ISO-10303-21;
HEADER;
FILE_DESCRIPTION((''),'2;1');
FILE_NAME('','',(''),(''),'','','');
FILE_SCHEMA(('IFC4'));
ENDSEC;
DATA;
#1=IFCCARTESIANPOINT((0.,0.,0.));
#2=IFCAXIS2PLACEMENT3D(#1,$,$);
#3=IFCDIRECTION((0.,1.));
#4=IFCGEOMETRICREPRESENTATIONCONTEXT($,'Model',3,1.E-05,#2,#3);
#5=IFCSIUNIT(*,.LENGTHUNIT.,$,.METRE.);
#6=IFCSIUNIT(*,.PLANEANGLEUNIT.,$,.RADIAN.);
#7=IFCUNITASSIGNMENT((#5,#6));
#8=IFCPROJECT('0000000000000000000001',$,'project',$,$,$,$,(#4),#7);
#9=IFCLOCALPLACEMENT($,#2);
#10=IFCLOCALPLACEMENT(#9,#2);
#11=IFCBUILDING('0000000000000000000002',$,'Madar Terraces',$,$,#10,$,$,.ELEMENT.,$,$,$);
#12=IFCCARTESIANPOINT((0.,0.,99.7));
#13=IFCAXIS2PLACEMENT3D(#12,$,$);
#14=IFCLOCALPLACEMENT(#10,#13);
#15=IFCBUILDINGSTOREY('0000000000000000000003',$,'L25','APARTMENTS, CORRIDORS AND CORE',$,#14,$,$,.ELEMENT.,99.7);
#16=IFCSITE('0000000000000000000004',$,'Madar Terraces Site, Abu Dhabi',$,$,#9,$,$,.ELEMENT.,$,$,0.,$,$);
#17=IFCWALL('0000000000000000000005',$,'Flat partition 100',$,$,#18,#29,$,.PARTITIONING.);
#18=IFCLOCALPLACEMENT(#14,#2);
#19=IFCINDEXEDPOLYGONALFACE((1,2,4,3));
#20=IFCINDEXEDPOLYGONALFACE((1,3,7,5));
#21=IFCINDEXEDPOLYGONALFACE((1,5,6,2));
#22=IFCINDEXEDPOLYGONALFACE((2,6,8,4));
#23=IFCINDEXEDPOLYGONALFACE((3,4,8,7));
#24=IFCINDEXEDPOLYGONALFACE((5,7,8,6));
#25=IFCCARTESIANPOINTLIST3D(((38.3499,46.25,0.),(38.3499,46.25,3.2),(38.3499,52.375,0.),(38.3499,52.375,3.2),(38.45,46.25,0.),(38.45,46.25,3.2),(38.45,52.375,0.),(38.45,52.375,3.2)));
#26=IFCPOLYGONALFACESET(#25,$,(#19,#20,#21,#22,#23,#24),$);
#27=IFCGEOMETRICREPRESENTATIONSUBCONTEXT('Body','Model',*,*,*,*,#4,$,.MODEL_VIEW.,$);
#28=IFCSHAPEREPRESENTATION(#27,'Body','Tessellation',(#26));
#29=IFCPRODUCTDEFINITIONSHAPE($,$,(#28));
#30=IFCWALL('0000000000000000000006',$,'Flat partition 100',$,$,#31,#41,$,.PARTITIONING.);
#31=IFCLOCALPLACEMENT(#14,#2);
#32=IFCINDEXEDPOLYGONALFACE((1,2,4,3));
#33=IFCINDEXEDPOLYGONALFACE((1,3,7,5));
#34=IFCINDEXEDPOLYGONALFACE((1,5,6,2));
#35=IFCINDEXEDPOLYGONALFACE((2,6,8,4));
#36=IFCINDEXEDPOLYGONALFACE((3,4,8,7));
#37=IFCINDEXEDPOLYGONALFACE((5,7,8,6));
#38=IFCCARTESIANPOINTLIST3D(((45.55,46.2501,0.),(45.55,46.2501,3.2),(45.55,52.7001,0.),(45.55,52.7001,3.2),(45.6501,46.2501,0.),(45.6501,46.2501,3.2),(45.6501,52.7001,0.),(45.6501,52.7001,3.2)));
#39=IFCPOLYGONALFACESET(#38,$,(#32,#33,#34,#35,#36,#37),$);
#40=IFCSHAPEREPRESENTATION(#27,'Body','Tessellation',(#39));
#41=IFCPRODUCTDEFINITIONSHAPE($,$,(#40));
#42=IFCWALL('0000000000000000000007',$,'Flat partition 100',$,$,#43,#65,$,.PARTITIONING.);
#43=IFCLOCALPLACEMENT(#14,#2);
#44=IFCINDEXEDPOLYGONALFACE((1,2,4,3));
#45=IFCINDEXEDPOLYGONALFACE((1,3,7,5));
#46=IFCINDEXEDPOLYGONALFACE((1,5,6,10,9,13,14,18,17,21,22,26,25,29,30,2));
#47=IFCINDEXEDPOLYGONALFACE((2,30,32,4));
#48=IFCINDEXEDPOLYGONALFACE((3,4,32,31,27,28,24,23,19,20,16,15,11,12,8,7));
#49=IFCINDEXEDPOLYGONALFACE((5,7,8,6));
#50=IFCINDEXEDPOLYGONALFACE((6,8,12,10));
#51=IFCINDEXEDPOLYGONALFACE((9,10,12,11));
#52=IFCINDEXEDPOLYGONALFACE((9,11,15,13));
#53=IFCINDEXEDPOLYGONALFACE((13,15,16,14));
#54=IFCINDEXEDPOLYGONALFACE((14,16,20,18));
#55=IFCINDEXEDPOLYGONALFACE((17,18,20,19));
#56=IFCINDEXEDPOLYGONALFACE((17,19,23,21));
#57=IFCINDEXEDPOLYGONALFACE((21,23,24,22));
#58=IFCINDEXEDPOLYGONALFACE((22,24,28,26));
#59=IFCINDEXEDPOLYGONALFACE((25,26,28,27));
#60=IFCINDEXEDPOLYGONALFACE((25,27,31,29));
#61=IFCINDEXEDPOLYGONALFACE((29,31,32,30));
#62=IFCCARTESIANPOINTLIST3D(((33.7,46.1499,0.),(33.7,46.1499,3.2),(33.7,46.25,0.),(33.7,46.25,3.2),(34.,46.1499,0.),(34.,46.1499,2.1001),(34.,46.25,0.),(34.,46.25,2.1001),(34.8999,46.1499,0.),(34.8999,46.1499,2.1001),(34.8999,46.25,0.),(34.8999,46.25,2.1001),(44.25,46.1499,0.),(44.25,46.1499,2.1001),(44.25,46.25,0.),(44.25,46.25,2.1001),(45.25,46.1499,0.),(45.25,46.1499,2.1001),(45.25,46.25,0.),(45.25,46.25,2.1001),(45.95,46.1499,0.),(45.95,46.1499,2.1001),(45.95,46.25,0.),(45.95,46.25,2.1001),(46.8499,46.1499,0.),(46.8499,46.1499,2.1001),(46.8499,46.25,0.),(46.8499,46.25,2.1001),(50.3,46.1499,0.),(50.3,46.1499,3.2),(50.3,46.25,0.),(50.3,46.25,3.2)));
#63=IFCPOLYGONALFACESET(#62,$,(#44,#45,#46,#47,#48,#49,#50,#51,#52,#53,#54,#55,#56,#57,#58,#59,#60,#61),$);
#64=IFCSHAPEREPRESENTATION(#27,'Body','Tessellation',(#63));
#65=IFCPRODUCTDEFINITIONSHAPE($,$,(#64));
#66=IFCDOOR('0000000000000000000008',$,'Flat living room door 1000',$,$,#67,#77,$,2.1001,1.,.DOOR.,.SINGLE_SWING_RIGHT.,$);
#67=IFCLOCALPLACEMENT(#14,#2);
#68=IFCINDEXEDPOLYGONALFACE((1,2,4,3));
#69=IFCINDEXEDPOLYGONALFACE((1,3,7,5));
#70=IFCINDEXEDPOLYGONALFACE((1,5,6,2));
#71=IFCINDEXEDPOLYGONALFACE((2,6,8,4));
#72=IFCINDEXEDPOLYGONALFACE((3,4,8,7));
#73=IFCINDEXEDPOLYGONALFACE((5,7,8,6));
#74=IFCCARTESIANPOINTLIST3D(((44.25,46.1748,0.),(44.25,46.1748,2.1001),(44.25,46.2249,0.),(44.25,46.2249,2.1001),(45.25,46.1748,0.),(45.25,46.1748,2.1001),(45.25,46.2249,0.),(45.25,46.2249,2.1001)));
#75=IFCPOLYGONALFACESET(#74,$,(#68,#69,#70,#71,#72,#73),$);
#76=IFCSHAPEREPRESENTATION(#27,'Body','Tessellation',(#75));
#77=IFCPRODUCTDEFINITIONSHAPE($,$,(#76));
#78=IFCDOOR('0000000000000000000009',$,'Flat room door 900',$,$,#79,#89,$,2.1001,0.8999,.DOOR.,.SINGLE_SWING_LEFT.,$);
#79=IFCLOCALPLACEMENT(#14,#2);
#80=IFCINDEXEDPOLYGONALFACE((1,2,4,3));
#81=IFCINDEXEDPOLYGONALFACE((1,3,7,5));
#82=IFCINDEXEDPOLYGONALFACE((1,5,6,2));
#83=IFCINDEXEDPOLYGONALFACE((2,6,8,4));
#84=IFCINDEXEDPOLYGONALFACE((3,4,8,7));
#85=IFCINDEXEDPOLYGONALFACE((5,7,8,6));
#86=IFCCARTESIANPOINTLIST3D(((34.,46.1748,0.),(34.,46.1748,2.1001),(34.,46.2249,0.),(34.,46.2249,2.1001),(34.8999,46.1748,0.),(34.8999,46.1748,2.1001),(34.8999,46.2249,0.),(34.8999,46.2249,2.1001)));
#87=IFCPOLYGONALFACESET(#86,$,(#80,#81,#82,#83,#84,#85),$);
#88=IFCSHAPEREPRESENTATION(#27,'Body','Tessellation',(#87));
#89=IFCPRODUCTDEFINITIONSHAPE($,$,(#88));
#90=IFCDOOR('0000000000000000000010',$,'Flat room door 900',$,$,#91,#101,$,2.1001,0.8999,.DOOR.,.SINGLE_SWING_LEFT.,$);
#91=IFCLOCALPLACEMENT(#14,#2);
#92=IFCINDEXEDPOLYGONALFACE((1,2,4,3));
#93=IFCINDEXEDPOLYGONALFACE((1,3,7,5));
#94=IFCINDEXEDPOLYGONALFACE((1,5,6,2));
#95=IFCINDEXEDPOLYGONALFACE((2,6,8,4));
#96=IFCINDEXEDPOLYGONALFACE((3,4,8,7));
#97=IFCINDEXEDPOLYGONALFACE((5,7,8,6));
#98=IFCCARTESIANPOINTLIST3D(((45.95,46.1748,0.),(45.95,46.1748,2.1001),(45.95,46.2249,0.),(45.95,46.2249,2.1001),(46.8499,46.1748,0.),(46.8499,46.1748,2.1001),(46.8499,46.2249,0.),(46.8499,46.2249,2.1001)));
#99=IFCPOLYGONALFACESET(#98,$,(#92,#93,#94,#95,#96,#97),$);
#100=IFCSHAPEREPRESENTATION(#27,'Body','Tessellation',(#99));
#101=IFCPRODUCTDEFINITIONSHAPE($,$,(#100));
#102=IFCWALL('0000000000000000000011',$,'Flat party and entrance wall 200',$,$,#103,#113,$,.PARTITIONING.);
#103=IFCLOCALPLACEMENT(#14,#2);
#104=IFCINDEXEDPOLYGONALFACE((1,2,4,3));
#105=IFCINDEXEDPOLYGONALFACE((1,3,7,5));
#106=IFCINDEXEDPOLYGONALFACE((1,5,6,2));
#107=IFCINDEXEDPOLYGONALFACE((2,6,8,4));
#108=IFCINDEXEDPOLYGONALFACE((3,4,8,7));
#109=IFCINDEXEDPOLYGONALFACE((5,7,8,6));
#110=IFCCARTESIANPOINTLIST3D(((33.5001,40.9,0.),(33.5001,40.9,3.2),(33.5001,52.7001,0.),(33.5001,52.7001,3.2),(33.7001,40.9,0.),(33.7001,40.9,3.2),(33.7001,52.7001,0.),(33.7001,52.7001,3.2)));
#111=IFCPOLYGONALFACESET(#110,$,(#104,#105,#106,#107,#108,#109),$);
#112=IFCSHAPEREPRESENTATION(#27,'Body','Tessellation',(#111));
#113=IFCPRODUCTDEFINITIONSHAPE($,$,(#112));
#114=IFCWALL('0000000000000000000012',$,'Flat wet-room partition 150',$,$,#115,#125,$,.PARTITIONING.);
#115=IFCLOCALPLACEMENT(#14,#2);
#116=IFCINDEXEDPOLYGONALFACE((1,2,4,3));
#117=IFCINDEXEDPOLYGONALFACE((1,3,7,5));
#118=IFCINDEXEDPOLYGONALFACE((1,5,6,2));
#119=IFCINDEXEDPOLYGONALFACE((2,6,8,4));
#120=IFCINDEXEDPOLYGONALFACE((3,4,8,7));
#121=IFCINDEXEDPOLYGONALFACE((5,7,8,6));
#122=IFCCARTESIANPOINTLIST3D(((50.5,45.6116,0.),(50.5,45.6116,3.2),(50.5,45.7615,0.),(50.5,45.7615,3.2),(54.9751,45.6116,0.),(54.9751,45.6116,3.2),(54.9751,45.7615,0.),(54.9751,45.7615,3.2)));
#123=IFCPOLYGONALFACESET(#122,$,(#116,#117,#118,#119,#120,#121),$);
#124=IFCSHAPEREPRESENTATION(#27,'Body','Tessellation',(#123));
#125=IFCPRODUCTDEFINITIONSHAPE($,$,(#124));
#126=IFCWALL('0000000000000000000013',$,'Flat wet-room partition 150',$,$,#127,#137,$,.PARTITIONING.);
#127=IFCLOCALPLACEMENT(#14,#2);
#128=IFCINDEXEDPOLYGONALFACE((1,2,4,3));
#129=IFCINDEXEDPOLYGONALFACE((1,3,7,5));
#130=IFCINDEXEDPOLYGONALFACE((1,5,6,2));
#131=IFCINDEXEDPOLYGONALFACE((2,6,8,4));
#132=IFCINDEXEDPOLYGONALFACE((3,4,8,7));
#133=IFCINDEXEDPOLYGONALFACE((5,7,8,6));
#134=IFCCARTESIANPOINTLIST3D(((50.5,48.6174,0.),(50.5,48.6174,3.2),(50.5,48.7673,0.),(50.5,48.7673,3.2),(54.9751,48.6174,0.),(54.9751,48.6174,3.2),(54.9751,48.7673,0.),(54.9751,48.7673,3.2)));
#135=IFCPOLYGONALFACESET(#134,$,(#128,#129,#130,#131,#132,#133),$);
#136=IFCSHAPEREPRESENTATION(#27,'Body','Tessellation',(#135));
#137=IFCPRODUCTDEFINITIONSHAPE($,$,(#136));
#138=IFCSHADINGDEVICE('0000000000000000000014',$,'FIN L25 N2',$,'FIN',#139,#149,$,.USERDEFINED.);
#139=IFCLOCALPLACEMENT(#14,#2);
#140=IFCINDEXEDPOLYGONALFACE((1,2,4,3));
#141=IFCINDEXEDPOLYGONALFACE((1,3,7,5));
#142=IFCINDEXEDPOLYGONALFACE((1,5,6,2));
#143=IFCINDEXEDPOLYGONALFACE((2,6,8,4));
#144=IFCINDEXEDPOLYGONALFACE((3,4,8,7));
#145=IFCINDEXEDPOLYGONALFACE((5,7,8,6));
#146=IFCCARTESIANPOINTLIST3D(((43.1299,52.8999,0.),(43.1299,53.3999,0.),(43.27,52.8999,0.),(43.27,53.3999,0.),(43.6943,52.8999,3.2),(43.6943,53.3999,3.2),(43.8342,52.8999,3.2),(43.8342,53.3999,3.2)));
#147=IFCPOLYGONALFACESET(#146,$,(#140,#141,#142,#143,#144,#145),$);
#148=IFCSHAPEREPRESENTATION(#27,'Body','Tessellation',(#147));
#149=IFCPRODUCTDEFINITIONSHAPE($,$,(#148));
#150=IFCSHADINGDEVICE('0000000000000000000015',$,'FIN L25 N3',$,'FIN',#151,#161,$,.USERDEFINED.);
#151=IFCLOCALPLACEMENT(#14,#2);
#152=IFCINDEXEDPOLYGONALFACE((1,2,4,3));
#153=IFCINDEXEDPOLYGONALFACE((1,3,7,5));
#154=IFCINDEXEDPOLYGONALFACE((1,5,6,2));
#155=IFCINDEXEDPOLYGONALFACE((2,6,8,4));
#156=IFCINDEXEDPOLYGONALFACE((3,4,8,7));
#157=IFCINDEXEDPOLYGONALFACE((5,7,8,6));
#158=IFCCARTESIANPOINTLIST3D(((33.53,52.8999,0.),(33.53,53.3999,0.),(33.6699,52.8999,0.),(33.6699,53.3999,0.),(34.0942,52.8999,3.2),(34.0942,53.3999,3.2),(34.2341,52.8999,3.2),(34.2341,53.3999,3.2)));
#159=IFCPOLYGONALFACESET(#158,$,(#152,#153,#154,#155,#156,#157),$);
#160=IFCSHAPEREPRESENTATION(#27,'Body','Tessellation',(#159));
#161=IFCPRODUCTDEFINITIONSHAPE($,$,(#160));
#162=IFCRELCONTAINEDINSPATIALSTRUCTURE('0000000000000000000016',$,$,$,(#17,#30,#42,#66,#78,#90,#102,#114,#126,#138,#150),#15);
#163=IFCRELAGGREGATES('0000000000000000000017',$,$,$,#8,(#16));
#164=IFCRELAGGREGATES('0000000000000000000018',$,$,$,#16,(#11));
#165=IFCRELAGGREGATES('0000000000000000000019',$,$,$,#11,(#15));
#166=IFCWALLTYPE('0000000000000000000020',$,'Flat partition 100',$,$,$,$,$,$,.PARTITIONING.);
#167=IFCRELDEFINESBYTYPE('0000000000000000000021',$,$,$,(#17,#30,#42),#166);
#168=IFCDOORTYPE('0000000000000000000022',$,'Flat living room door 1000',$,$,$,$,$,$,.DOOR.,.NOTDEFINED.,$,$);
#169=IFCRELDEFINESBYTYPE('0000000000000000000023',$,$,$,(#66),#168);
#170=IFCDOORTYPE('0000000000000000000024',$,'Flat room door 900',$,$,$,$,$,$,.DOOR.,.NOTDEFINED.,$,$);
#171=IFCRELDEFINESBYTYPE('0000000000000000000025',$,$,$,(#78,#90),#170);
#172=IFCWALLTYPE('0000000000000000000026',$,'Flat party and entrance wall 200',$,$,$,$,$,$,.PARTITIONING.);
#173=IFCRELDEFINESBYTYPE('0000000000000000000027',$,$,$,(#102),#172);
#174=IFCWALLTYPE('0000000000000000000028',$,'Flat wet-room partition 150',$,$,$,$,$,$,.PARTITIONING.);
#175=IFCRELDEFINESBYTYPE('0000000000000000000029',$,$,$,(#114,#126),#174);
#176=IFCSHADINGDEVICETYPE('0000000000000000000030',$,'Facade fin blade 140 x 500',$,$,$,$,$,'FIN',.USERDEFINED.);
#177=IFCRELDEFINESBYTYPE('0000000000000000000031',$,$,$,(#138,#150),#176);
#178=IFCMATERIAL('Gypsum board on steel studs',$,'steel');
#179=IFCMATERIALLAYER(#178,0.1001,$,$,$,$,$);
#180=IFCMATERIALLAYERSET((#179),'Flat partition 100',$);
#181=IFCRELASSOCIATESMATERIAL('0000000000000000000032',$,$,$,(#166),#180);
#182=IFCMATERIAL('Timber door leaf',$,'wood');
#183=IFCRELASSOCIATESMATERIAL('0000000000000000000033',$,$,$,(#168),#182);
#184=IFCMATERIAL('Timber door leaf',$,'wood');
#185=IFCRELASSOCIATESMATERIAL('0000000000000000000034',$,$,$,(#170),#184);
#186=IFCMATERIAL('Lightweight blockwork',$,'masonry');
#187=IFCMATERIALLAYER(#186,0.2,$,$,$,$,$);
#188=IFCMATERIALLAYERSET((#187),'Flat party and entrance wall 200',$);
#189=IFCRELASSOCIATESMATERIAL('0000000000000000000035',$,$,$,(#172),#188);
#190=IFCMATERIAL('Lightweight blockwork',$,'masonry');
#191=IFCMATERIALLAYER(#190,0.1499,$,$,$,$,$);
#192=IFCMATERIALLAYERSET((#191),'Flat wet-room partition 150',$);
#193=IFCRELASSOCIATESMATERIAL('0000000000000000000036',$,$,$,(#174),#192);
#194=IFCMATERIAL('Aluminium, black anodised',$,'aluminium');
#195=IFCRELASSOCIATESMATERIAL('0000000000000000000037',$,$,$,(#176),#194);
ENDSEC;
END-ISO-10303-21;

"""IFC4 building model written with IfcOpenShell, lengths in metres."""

from ifc_helpers import new_model, si_unit, direction, frame, frame_2d, origin, place, context, subcontext, project, spatial, polyline, rectangle, outline, extrude, material, layer, layer_set, type_object, element, fill, save


model = new_model("IFC4")

# Units and contexts
model_context = context("Model", 3, precision=1e-05, world=origin(), true_north=direction((0.0, 1.0)))
body_context = subcontext(model_context, "Body", "Model", "MODEL_VIEW")
ifc_project = project(units=[si_unit("LENGTHUNIT", "METRE"), si_unit("PLANEANGLEUNIT", "RADIAN")], contexts=[model_context])

# Site, building, storey
site_placement = place(None, origin())
site = spatial("IfcSite", under=ifc_project, at=site_placement, Name="Madar Terraces Site, Abu Dhabi", CompositionType="ELEMENT", RefElevation=0.0)
building_placement = place(site_placement, origin())
building = spatial("IfcBuilding", under=site, at=building_placement, Name="Madar Terraces", CompositionType="ELEMENT")
storey_placement = place(building_placement, frame((0.0, 0.0, 99.7)))
storey = spatial("IfcBuildingStorey", under=building, at=storey_placement, Name="L25", Description="APARTMENTS, CORRIDORS AND CORE", CompositionType="ELEMENT", Elevation=99.7)

# Walls
ifc_material_1 = material(Name="Gypsum board on steel studs", Category="steel")
ifc_layer_1 = layer(ifc_material_1, 0.1001)
ifc_layer_set_1 = layer_set([ifc_layer_1], Name="Flat partition 100")
wall_type_1 = type_object("IfcWallType", Name="Flat partition 100", PredefinedType="PARTITIONING", material=ifc_layer_set_1)
wall_1_placement = place(storey_placement, frame((38.3999, 46.25, 0.0), z_axis=(0.0, 0.0, 1.0), x_axis=(0.0, 1.0, 0.0)))
element("IfcWall", 1, at=wall_1_placement, inside=storey, type_object=wall_type_1, Name="Flat partition 100", PredefinedType="PARTITIONING", context=body_context, shape_type="SweptSolid", body=[
    extrude(rectangle(XDim=6.125, YDim=0.1001, at=frame_2d((3.0625, 0.0))), origin(), (0.0, 0.0, 1.0), 3.2),
])
wall_2_placement = place(storey_placement, frame((45.6001, 46.25, 0.0), z_axis=(0.0, 0.0, 1.0), x_axis=(0.0, 1.0, 0.0)))
element("IfcWall", 2, at=wall_2_placement, inside=storey, type_object=wall_type_1, Name="Flat partition 100", PredefinedType="PARTITIONING", context=body_context, shape_type="SweptSolid", body=[
    extrude(rectangle(XDim=6.45, YDim=0.1001, at=frame_2d((3.2251, 0.0))), origin(), (0.0, 0.0, 1.0), 3.2),
])

# Wall, openings, doors
wall_3_placement = place(storey_placement, frame((33.7, 46.2, 0.0), z_axis=(0.0, 0.0, 1.0), x_axis=(1.0, 0.0, 0.0)))
wall_3 = element("IfcWall", 3, at=wall_3_placement, inside=storey, type_object=wall_type_1, Name="Flat partition 100", PredefinedType="PARTITIONING", context=body_context, shape_type="SweptSolid", body=[
    extrude(rectangle(XDim=16.6001, YDim=0.1001, at=frame_2d((8.3, 0.0))), origin(), (0.0, 0.0, 1.0), 3.2),
])
opening_1_placement = place(wall_3_placement, frame((0.3, 0.0, 0.0)))
opening_1 = element("IfcOpeningElement", 4, at=opening_1_placement, cuts=wall_3, PredefinedType="OPENING", context=body_context, shape_type="SweptSolid", body=[
    extrude(rectangle(XDim=0.8999, YDim=2.1001, at=frame_2d((0.45, 1.05))), frame((0.0, 0.0601, 0.0), z_axis=(0.0, -1.0, 0.0), x_axis=(1.0, 0.0, 0.0)), (0.0, 0.0, 1.0), 0.1201),
])
opening_2_placement = place(wall_3_placement, frame((10.55, 0.0, 0.0)))
opening_2 = element("IfcOpeningElement", 5, at=opening_2_placement, cuts=wall_3, PredefinedType="OPENING", context=body_context, shape_type="SweptSolid", body=[
    extrude(rectangle(XDim=1.0, YDim=2.1001, at=frame_2d((0.5, 1.05))), frame((0.0, 0.0601, 0.0), z_axis=(0.0, -1.0, 0.0), x_axis=(1.0, 0.0, 0.0)), (0.0, 0.0, 1.0), 0.1201),
])
opening_3_placement = place(wall_3_placement, frame((12.25, 0.0, 0.0)))
opening_3 = element("IfcOpeningElement", 6, at=opening_3_placement, cuts=wall_3, PredefinedType="OPENING", context=body_context, shape_type="SweptSolid", body=[
    extrude(rectangle(XDim=0.8999, YDim=2.1001, at=frame_2d((0.45, 1.05))), frame((0.0, 0.0601, 0.0), z_axis=(0.0, -1.0, 0.0), x_axis=(1.0, 0.0, 0.0)), (0.0, 0.0, 1.0), 0.1201),
])
ifc_material_2 = material(Name="Timber door leaf", Category="wood")
door_type_1 = type_object("IfcDoorType", Name="Flat living room door 1000", OperationType="NOTDEFINED", PredefinedType="DOOR", material=ifc_material_2)
door_1_placement = place(opening_2_placement, origin())
door_1 = element("IfcDoor", 7, at=door_1_placement, inside=storey, type_object=door_type_1, Name="Flat living room door 1000", OperationType="SINGLE_SWING_RIGHT", OverallHeight=2.1001, OverallWidth=1.0, PredefinedType="DOOR", context=body_context, shape_type="SweptSolid", body=[
    extrude(rectangle(XDim=1.0, YDim=2.1001, at=frame_2d((0.5, 1.05))), frame((0.0, 0.0249, 0.0), z_axis=(0.0, -1.0, 0.0), x_axis=(1.0, 0.0, 0.0)), (0.0, 0.0, 1.0), 0.05),
])
fill(opening_2, door_1)
ifc_material_3 = material(Name="Timber door leaf", Category="wood")
door_type_2 = type_object("IfcDoorType", Name="Flat room door 900", OperationType="NOTDEFINED", PredefinedType="DOOR", material=ifc_material_3)
door_2_placement = place(opening_1_placement, origin())
door_2 = element("IfcDoor", 8, at=door_2_placement, inside=storey, type_object=door_type_2, Name="Flat room door 900", OperationType="SINGLE_SWING_LEFT", OverallHeight=2.1001, OverallWidth=0.8999, PredefinedType="DOOR", context=body_context, shape_type="SweptSolid", body=[
    extrude(rectangle(XDim=0.8999, YDim=2.1001, at=frame_2d((0.45, 1.05))), frame((0.0, 0.0249, 0.0), z_axis=(0.0, -1.0, 0.0), x_axis=(1.0, 0.0, 0.0)), (0.0, 0.0, 1.0), 0.05),
])
fill(opening_1, door_2)
door_3_placement = place(opening_3_placement, origin())
door_3 = element("IfcDoor", 9, at=door_3_placement, inside=storey, type_object=door_type_2, Name="Flat room door 900", OperationType="SINGLE_SWING_LEFT", OverallHeight=2.1001, OverallWidth=0.8999, PredefinedType="DOOR", context=body_context, shape_type="SweptSolid", body=[
    extrude(rectangle(XDim=0.8999, YDim=2.1001, at=frame_2d((0.45, 1.05))), frame((0.0, 0.0249, 0.0), z_axis=(0.0, -1.0, 0.0), x_axis=(1.0, 0.0, 0.0)), (0.0, 0.0, 1.0), 0.05),
])
fill(opening_3, door_3)

# Walls
ifc_material_4 = material(Name="Lightweight blockwork", Category="masonry")
ifc_layer_2 = layer(ifc_material_4, 0.2)
ifc_layer_set_2 = layer_set([ifc_layer_2], Name="Flat party and entrance wall 200")
wall_type_2 = type_object("IfcWallType", Name="Flat party and entrance wall 200", PredefinedType="PARTITIONING", material=ifc_layer_set_2)
wall_4_placement = place(storey_placement, frame((33.6001, 52.7, 0.0), z_axis=(0.0, 0.0, 1.0), x_axis=(0.0, -1.0, 0.0)))
element("IfcWall", 10, at=wall_4_placement, inside=storey, type_object=wall_type_2, Name="Flat party and entrance wall 200", PredefinedType="PARTITIONING", context=body_context, shape_type="SweptSolid", body=[
    extrude(rectangle(XDim=11.8, YDim=0.2, at=frame_2d((5.8999, 0.0))), origin(), (0.0, 0.0, 1.0), 3.2),
])
ifc_material_5 = material(Name="Lightweight blockwork", Category="masonry")
ifc_layer_3 = layer(ifc_material_5, 0.1499)
ifc_layer_set_3 = layer_set([ifc_layer_3], Name="Flat wet-room partition 150")
wall_type_3 = type_object("IfcWallType", Name="Flat wet-room partition 150", PredefinedType="PARTITIONING", material=ifc_layer_set_3)
for number, where, z_axis, x_axis, name in (
    (11, (50.5, 45.6865, 0.0), (0.0, 0.0, 1.0), (1.0, 0.0, 0.0), "Flat wet-room partition 150"),
    (12, (50.5, 48.6924, 0.0), (0.0, 0.0, 1.0), (1.0, 0.0, 0.0), "Flat wet-room partition 150"),
):
    element("IfcWall", number, at=place(storey_placement, frame(where, z_axis=z_axis, x_axis=x_axis)), inside=storey, type_object=wall_type_3, Name=name, PredefinedType="PARTITIONING", context=body_context, shape_type="SweptSolid", body=[
        extrude(rectangle(XDim=4.4751, YDim=0.1499, at=frame_2d((2.2375, 0.0))), origin(), (0.0, 0.0, 1.0), 3.2),
    ])

# Shading devices
ifc_material_6 = material(Name="Aluminium, black anodised", Category="aluminium")
shading_device_type = type_object("IfcShadingDeviceType", Name="Facade fin blade 140 x 500", ElementType="FIN", PredefinedType="USERDEFINED", material=ifc_material_6)
shading_device_1_placement = place(storey_placement, frame((43.27, 53.1499, 0.0), z_axis=(0.0, 0.0, 1.0), x_axis=(-1.0, 0.0, 0.0)))
element("IfcShadingDevice", 13, at=shading_device_1_placement, inside=storey, type_object=shading_device_type, Name="FIN L25 N2", ObjectType="FIN", PredefinedType="USERDEFINED", context=body_context, shape_type="SweptSolid", body=[
    extrude(outline(polyline([(0.0, 0.0), (0.1401, 0.0), (-0.4243, 3.2), (-0.5642, 3.2), (0.0, 0.0)])), frame((0.0, 0.25, 0.0), z_axis=(0.0, -1.0, 0.0), x_axis=(1.0, 0.0, 0.0)), (0.0, 0.0, 1.0), 0.5),
])
shading_device_2_placement = place(storey_placement, frame((33.6699, 53.1499, 0.0), z_axis=(0.0, 0.0, 1.0), x_axis=(-1.0, 0.0, 0.0)))
element("IfcShadingDevice", 14, at=shading_device_2_placement, inside=storey, type_object=shading_device_type, Name="FIN L25 N3", ObjectType="FIN", PredefinedType="USERDEFINED", context=body_context, shape_type="SweptSolid", body=[
    extrude(outline(polyline([(0.0, 0.0), (0.1399, 0.0), (-0.4243, 3.2), (-0.5642, 3.2), (0.0, 0.0)])), frame((0.0, 0.25, 0.0), z_axis=(0.0, -1.0, 0.0), x_axis=(1.0, 0.0, 0.0)), (0.0, 0.0, 1.0), 0.5),
])

save(model, "model.ifc")
